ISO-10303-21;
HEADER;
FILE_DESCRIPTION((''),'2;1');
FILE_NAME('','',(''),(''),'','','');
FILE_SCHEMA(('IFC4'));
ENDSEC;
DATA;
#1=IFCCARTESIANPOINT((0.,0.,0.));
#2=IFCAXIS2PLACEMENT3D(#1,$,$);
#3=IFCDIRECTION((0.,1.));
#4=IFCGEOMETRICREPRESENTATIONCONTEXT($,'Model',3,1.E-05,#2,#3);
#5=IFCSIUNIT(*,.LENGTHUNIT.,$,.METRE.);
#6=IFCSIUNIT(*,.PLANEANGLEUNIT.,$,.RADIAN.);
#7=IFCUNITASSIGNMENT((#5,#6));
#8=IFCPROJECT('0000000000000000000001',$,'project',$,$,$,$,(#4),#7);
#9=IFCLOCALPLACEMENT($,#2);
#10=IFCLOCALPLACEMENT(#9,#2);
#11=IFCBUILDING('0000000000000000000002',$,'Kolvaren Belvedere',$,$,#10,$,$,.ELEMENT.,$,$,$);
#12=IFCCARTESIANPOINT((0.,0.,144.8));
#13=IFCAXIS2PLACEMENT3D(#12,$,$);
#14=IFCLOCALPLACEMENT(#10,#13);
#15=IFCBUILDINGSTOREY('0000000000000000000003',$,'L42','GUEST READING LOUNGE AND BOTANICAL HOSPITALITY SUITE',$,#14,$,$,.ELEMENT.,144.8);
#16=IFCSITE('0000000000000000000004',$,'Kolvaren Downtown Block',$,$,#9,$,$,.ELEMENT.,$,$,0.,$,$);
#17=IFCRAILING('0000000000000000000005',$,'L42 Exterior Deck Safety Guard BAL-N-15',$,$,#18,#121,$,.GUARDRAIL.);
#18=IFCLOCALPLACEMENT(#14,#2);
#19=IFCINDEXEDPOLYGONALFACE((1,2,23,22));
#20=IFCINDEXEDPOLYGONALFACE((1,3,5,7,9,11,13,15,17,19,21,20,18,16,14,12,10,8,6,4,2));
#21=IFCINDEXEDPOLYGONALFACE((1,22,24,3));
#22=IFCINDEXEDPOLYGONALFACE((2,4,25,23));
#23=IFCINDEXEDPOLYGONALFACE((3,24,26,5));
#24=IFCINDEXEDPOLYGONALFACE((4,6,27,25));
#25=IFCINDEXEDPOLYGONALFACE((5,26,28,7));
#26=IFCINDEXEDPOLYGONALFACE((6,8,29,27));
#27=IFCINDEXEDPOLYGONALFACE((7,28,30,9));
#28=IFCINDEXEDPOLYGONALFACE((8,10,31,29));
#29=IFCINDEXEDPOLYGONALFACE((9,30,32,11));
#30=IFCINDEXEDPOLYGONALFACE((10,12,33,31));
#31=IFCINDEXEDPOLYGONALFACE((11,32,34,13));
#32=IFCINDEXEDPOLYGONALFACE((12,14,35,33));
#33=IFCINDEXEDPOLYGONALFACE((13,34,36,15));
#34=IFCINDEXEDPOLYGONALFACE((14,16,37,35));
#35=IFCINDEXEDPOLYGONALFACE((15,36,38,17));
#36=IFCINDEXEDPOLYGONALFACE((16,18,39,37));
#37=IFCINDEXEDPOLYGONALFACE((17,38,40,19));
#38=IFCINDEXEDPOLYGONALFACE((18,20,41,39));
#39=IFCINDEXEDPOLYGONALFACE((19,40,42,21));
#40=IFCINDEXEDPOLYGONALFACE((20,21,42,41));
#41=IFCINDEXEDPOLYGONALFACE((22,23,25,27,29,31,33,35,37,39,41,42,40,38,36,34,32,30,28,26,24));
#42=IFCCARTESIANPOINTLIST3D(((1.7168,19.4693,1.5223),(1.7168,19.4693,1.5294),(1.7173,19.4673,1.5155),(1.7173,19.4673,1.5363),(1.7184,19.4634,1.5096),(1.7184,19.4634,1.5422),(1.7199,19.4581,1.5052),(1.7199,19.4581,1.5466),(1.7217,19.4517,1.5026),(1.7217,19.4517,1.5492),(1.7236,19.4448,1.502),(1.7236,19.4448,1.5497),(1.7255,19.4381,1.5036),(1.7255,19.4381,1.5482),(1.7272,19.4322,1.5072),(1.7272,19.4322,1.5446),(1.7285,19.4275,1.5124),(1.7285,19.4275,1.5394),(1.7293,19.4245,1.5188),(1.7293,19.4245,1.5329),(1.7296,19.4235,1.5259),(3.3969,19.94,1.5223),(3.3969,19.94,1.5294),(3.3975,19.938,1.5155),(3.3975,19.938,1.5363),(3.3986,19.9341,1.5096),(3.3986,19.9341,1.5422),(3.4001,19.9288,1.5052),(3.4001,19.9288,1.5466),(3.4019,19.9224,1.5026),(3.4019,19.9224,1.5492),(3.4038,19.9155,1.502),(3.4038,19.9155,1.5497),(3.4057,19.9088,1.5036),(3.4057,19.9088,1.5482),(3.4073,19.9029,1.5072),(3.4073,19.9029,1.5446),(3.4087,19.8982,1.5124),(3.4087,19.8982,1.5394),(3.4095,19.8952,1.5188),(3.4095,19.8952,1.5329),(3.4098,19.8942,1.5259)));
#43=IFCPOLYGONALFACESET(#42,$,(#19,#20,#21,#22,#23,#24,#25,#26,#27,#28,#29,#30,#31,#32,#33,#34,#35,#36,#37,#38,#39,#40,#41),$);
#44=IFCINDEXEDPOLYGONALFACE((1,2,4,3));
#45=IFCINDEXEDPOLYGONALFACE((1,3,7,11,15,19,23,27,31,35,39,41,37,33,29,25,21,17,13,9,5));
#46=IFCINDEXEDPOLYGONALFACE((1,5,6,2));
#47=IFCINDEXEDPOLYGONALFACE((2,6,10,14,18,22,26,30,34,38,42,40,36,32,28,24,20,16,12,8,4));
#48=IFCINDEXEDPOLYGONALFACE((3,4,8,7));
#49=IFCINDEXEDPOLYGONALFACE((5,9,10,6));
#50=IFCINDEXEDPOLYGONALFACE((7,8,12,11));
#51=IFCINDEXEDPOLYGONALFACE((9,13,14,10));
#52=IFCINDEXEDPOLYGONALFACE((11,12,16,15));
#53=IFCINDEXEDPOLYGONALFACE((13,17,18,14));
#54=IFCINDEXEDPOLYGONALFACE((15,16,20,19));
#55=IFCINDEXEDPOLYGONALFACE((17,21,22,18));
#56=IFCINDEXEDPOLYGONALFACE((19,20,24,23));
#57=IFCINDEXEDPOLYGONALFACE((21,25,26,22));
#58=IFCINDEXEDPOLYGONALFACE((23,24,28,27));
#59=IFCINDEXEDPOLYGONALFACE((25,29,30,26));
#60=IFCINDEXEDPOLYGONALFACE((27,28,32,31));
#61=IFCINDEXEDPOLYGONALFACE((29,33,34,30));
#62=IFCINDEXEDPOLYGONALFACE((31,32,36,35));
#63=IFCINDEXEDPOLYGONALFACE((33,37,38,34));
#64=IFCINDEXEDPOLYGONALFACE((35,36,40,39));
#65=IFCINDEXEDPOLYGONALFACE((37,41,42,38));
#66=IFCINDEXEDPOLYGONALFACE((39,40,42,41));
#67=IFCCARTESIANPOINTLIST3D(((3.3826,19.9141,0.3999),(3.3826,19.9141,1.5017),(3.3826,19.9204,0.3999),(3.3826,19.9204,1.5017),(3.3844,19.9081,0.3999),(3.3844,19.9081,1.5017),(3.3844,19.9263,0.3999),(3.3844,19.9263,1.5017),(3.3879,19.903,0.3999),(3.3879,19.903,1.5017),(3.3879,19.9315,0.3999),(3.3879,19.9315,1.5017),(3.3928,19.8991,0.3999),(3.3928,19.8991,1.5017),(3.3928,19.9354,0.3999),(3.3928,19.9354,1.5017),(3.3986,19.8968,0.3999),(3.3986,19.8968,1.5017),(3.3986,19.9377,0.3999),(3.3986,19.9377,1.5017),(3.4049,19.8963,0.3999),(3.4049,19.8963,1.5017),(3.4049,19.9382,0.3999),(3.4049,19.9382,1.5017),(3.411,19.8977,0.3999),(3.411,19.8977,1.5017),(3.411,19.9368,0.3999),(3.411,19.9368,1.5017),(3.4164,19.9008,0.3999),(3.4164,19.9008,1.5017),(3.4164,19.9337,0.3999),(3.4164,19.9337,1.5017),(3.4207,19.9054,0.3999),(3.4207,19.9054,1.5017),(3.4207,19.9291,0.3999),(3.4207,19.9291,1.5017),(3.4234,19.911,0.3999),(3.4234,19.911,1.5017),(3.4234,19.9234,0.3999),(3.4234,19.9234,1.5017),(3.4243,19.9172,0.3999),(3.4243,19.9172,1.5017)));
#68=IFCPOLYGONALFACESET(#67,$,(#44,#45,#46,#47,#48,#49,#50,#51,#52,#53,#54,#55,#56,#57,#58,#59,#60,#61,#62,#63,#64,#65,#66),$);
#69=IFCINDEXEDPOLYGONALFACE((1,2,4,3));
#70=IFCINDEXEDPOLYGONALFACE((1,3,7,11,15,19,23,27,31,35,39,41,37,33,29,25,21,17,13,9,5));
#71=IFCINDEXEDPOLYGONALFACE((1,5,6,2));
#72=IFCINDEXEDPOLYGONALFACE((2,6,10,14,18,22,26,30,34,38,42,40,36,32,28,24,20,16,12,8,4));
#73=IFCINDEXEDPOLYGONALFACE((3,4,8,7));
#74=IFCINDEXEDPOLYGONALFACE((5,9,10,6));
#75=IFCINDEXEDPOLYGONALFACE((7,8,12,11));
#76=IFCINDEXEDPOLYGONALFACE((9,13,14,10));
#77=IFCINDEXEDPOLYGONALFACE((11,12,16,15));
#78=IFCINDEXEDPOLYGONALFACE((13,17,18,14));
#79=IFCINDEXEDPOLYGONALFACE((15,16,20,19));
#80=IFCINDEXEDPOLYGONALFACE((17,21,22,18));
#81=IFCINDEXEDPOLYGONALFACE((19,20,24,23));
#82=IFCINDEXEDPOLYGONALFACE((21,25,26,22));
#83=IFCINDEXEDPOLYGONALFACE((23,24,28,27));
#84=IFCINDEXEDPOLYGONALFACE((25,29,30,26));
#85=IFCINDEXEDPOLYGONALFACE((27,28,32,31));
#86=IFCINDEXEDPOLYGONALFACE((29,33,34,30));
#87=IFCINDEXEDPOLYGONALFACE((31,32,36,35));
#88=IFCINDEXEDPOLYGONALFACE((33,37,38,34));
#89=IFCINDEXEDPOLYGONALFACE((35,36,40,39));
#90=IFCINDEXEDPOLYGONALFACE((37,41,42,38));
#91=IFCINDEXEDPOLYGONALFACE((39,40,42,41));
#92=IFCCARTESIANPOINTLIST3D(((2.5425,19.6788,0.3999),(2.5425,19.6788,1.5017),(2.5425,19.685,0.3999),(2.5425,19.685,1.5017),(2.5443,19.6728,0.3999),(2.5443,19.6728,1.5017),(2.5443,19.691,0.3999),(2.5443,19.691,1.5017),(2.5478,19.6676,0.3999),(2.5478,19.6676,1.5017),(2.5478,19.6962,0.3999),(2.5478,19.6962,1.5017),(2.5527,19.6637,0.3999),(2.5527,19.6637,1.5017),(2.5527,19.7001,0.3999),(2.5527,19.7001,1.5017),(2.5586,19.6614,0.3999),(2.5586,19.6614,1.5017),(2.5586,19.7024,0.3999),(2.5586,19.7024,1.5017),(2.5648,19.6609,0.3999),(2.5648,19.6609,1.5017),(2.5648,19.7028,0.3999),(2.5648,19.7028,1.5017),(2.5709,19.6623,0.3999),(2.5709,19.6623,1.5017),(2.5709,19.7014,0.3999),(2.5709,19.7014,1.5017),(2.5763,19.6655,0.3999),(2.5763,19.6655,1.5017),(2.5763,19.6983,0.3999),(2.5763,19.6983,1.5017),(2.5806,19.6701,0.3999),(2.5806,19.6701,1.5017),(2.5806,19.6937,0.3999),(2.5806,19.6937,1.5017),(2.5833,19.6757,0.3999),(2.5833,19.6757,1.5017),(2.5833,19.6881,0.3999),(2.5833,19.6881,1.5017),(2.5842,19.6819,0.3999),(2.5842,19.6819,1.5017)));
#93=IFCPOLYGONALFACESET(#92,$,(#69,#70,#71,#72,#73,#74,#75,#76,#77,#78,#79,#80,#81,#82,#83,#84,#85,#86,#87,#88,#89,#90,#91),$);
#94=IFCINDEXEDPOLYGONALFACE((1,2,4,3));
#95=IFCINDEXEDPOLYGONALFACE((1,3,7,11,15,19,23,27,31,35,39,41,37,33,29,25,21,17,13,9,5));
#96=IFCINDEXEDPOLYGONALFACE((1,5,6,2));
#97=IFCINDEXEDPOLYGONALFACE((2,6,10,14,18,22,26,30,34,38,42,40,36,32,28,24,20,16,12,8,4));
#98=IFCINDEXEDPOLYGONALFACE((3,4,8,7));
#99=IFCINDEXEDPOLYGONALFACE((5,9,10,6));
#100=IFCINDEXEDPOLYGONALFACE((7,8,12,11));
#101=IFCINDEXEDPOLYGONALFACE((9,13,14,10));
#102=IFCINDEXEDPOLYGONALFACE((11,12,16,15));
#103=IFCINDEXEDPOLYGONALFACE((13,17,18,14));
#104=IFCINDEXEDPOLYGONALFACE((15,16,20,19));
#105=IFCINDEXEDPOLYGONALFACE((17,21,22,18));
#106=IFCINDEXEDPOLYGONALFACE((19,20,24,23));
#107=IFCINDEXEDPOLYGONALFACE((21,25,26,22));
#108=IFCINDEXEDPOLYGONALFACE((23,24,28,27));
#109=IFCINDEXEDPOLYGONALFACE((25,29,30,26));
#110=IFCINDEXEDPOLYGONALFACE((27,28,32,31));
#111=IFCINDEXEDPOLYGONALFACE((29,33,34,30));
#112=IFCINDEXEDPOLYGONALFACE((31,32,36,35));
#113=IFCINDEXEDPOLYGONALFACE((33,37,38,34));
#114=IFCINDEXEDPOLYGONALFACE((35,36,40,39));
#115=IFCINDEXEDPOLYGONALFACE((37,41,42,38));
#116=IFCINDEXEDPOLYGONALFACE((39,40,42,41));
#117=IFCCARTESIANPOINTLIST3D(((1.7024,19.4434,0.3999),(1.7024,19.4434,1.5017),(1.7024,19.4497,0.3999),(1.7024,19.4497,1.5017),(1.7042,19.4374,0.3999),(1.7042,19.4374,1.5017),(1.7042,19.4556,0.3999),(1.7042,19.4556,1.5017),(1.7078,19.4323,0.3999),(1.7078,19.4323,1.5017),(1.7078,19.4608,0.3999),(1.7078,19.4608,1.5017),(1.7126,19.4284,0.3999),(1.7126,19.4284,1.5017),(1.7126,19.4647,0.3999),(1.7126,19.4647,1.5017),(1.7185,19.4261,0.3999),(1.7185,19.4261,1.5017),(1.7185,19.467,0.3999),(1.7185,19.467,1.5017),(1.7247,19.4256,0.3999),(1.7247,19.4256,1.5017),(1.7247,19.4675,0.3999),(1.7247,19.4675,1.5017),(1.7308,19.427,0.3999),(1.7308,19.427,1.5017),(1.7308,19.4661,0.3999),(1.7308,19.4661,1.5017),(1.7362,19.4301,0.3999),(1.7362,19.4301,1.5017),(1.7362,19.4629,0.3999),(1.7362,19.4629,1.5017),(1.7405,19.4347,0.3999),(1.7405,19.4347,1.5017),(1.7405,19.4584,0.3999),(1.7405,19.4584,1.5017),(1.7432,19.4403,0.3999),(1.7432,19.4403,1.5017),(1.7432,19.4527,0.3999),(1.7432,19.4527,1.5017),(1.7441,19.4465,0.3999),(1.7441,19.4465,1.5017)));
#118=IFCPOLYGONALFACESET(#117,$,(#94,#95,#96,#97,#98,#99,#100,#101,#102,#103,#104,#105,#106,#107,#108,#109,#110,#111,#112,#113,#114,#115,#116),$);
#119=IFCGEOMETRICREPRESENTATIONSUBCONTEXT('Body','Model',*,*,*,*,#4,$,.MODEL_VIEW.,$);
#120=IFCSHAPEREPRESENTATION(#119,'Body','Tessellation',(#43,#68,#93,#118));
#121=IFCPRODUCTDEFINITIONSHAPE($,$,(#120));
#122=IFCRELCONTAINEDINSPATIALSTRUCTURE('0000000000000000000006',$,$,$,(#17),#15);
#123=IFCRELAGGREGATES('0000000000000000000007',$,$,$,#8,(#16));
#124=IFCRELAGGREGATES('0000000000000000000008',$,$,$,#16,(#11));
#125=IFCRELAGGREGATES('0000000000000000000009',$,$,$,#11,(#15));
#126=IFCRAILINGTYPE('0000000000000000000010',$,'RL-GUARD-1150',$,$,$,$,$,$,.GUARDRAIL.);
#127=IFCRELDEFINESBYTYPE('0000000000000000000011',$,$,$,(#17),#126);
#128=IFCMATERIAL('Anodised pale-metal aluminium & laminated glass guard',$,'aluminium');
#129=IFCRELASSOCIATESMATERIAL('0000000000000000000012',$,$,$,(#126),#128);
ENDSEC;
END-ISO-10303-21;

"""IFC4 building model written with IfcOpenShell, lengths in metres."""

from ifc_helpers import new_model, si_unit, direction, frame, origin, origin_2d, place, context, subcontext, project, spatial, circle, extrude, material, type_object, element, save


model = new_model("IFC4")

# Units and contexts
model_context = context("Model", 3, precision=1e-05, world=origin(), true_north=direction((0.0, 1.0)))
body_context = subcontext(model_context, "Body", "Model", "MODEL_VIEW")
ifc_project = project(units=[si_unit("LENGTHUNIT", "METRE"), si_unit("PLANEANGLEUNIT", "RADIAN")], contexts=[model_context])

# Site, building, storey
site_placement = place(None, origin())
site = spatial("IfcSite", under=ifc_project, at=site_placement, Name="Kolvaren Downtown Block", CompositionType="ELEMENT", RefElevation=0.0)
building_placement = place(site_placement, origin())
building = spatial("IfcBuilding", under=site, at=building_placement, Name="Kolvaren Belvedere", CompositionType="ELEMENT")
storey_placement = place(building_placement, frame((0.0, 0.0, 144.8)))
storey = spatial("IfcBuildingStorey", under=building, at=storey_placement, Name="L42", Description="GUEST READING LOUNGE AND BOTANICAL HOSPITALITY SUITE", CompositionType="ELEMENT", Elevation=144.8)

# Railing
ifc_material_1 = material(Name="Anodised pale-metal aluminium & laminated glass guard", Category="aluminium")
railing_type = type_object("IfcRailingType", Name="RL-GUARD-1150", PredefinedType="GUARDRAIL", material=ifc_material_1)
railing_1_placement = place(storey_placement, frame((3.4033, 19.9172, 0.3999)))
element("IfcRailing", 1, at=railing_1_placement, inside=storey, type_object=railing_type, Name="L42 Exterior Deck Safety Guard BAL-N-15", PredefinedType="GUARDRAIL", context=body_context, shape_type="SweptSolid", body=[
    extrude(circle(Radius=0.0239, at=origin_2d()), frame((0.0, 0.0, 1.126), z_axis=(-0.962926, -0.269765, 0.0), x_axis=(0.269765, -0.962926, 0.0)), (0.0, 0.0, 1.0), 1.7449),
    extrude(circle(Radius=0.021, at=origin_2d()), origin(), (0.0, 0.0, 1.0), 1.1018),
    extrude(circle(Radius=0.021, at=origin_2d()), frame((-0.8401, -0.2354, 0.0)), (0.0, 0.0, 1.0), 1.1018),
    extrude(circle(Radius=0.021, at=origin_2d()), frame((-1.6802, -0.4707, 0.0)), (0.0, 0.0, 1.0), 1.1018),
])

save(model, "model.ifc")
